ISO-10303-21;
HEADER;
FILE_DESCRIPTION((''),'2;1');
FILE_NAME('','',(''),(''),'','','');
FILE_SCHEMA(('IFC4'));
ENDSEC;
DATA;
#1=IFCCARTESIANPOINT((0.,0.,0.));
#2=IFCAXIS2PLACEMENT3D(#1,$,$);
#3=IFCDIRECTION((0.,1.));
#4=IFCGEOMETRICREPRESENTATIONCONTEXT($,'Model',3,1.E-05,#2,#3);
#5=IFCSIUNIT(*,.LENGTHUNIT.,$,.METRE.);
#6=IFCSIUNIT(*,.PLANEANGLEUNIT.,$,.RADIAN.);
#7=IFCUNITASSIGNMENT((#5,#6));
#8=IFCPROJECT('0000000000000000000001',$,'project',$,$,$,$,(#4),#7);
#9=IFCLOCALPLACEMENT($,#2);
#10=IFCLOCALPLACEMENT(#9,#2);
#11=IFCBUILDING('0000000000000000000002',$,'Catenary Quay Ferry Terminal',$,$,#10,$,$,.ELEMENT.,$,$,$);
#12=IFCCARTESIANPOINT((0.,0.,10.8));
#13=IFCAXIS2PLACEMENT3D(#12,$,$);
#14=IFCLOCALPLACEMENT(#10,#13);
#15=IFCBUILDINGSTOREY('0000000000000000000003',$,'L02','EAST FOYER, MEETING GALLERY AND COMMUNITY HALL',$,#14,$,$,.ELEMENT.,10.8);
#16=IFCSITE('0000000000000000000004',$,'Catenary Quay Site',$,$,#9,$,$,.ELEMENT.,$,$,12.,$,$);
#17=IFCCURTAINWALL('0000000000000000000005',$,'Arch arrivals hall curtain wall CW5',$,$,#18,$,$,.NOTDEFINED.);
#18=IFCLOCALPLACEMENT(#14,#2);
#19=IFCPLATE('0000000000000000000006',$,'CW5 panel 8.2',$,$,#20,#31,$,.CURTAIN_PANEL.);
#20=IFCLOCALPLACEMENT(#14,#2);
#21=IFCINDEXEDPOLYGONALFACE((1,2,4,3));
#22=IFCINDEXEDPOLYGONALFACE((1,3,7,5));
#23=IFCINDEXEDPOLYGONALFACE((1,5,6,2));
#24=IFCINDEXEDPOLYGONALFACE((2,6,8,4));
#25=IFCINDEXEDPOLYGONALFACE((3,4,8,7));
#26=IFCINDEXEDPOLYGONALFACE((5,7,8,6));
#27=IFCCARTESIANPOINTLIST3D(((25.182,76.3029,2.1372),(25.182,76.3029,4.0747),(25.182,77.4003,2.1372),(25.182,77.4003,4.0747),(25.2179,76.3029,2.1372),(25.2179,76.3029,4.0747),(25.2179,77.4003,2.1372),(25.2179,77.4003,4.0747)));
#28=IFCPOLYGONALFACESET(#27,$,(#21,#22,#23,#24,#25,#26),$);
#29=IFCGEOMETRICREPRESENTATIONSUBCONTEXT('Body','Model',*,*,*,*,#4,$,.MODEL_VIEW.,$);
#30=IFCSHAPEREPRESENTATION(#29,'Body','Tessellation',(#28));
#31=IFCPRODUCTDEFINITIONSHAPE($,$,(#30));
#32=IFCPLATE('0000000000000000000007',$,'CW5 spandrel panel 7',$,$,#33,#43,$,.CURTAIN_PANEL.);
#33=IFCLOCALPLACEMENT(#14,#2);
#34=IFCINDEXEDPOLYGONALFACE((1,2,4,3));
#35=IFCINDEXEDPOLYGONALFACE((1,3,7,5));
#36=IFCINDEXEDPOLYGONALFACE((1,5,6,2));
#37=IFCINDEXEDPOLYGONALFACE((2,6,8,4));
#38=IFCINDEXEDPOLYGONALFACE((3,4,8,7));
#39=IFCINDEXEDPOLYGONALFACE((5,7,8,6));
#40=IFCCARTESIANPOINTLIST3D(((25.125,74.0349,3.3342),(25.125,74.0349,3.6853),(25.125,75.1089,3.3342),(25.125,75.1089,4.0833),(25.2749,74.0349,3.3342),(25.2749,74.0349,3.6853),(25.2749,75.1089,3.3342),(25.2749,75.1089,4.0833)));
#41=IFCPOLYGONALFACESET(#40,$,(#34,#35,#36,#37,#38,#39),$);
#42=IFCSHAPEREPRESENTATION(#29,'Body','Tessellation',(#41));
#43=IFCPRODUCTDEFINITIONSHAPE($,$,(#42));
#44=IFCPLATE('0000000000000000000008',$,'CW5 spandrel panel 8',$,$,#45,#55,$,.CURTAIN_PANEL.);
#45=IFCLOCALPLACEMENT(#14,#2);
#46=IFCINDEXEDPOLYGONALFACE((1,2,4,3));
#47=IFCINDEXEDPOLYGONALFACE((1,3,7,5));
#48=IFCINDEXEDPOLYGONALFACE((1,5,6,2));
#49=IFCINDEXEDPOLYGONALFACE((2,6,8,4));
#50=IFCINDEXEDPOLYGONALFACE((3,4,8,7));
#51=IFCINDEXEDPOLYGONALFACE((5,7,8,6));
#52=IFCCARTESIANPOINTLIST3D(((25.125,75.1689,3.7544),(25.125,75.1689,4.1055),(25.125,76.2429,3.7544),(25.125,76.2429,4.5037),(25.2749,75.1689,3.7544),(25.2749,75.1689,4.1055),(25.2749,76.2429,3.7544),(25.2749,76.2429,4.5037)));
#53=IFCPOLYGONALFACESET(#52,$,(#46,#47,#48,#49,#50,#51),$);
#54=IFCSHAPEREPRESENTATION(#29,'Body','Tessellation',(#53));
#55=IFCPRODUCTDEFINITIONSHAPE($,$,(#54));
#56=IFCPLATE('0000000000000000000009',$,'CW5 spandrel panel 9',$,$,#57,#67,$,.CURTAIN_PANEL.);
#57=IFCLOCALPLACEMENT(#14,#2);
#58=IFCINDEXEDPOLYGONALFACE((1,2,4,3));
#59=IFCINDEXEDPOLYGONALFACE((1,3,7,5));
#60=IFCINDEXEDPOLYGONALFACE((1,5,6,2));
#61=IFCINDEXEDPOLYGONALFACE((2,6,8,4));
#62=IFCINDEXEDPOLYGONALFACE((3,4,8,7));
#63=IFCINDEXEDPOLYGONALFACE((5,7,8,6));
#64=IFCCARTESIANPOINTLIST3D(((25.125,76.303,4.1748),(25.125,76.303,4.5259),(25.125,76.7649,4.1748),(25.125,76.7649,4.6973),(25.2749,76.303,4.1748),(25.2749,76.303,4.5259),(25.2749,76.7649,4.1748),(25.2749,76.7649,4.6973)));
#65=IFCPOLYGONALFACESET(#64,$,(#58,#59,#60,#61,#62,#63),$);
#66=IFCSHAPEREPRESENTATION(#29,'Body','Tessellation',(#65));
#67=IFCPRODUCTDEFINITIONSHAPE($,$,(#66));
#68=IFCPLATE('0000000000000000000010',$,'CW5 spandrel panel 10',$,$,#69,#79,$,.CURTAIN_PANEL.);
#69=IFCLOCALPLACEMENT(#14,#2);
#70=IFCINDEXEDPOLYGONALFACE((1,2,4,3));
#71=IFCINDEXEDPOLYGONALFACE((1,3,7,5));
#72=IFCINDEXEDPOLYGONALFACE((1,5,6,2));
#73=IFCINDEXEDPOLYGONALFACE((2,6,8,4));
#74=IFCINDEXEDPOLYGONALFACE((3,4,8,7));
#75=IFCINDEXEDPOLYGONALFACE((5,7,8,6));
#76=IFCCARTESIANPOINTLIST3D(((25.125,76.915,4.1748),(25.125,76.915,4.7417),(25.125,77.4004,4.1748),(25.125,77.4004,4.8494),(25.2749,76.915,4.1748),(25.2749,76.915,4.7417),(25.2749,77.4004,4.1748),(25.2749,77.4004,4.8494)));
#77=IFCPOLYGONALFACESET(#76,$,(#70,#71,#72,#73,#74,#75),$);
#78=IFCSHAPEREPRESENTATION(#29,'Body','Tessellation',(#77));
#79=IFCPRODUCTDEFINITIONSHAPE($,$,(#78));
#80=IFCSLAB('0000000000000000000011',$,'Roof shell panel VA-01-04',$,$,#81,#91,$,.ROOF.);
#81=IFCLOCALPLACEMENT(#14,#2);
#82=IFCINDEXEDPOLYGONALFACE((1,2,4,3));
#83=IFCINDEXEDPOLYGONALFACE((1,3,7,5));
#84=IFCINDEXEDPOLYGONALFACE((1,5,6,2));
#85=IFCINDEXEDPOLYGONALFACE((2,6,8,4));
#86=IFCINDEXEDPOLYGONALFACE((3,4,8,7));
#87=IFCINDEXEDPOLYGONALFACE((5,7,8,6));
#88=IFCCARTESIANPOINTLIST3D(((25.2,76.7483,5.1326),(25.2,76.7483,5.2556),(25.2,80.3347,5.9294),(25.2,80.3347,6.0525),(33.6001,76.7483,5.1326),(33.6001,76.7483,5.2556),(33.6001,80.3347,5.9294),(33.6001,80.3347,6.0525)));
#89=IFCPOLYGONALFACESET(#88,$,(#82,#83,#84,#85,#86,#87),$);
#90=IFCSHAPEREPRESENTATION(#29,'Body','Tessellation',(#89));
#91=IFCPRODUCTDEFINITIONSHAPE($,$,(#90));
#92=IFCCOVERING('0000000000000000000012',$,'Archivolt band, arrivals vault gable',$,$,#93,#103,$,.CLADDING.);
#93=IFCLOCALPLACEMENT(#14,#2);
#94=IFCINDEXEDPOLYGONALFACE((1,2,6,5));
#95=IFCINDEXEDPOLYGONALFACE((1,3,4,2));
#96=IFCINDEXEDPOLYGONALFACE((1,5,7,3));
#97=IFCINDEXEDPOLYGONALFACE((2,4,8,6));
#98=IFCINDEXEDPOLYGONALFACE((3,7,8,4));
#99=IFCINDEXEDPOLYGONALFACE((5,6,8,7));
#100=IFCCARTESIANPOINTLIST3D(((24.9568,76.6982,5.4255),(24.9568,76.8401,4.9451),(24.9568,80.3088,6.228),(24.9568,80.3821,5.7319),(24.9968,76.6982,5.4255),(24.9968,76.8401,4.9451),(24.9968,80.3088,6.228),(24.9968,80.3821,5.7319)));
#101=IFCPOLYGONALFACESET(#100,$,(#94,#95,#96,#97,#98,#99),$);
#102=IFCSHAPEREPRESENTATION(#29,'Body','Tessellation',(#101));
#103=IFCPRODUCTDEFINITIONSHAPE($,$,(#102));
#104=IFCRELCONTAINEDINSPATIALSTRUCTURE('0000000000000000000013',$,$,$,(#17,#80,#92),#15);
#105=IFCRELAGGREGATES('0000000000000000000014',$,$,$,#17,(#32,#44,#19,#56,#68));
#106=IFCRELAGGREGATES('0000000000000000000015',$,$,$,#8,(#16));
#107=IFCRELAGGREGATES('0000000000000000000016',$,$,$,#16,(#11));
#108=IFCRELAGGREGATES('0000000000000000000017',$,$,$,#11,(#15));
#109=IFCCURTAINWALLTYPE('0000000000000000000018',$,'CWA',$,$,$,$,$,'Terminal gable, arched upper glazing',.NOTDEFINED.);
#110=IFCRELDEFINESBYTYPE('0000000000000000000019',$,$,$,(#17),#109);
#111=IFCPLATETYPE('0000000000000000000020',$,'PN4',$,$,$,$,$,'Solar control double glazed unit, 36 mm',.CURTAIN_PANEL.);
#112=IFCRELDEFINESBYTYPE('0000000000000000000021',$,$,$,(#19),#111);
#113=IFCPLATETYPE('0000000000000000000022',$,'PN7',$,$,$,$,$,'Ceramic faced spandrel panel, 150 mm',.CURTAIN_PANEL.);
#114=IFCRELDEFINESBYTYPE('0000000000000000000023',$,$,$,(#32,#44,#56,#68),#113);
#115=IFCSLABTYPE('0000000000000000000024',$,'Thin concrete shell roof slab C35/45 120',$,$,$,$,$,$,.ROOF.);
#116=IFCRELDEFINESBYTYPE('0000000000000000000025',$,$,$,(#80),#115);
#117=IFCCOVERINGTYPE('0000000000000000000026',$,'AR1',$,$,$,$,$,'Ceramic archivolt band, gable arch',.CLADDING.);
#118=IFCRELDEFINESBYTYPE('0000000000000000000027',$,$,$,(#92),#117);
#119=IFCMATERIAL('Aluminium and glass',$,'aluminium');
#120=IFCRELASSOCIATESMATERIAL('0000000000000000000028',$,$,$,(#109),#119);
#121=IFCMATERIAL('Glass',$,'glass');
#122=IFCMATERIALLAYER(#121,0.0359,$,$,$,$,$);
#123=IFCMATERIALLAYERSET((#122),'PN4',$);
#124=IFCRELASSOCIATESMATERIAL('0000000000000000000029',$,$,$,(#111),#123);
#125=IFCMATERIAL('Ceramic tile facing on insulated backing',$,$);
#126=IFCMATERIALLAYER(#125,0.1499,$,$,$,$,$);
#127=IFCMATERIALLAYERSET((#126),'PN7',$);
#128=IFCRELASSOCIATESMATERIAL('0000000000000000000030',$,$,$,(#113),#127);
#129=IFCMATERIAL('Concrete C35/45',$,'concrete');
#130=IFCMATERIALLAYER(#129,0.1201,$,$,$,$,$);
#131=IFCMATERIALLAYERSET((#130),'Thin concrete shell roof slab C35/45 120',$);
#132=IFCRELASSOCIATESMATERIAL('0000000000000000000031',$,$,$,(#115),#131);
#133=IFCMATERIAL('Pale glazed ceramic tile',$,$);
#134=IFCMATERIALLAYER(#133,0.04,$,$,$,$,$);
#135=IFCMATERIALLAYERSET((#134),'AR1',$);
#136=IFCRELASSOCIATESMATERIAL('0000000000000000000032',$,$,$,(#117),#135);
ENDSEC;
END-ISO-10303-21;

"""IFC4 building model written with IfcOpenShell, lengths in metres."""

from ifc_helpers import new_model, si_unit, direction, frame, origin, origin_2d, place, context, subcontext, project, spatial, polyline, rectangle, outline, extrude, material, layer, layer_set, type_object, element, aggregate, save


model = new_model("IFC4")

# Units and contexts
model_context = context("Model", 3, precision=1e-05, world=origin(), true_north=direction((0.0, 1.0)))
body_context = subcontext(model_context, "Body", "Model", "MODEL_VIEW")
ifc_project = project(units=[si_unit("LENGTHUNIT", "METRE"), si_unit("PLANEANGLEUNIT", "RADIAN")], contexts=[model_context])

# Site, building, storey
site_placement = place(None, origin())
site = spatial("IfcSite", under=ifc_project, at=site_placement, Name="Catenary Quay Site", CompositionType="ELEMENT", RefElevation=12.0)
building_placement = place(site_placement, origin())
building = spatial("IfcBuilding", under=site, at=building_placement, Name="Catenary Quay Ferry Terminal", CompositionType="ELEMENT")
storey_placement = place(building_placement, frame((0.0, 0.0, 10.8)))
storey = spatial("IfcBuildingStorey", under=building, at=storey_placement, Name="L02", Description="EAST FOYER, MEETING GALLERY AND COMMUNITY HALL", CompositionType="ELEMENT", Elevation=10.8)

# Curtain wall
ifc_material_1 = material(Name="Aluminium and glass", Category="aluminium")
curtain_wall_type = type_object("IfcCurtainWallType", Name="CWA", ElementType="Terminal gable, arched upper glazing", PredefinedType="NOTDEFINED", material=ifc_material_1)
curtain_wall_placement = place(storey_placement, origin())
curtain_wall = element("IfcCurtainWall", 1, at=curtain_wall_placement, inside=storey, type_object=curtain_wall_type, Name="Arch arrivals hall curtain wall CW5", PredefinedType="NOTDEFINED")

# Plates
ifc_material_2 = material(Name="Glass", Category="glass")
ifc_layer_1 = layer(ifc_material_2, 0.0359)
ifc_layer_set_1 = layer_set([ifc_layer_1], Name="PN4")
plate_type_1 = type_object("IfcPlateType", Name="PN4", ElementType="Solar control double glazed unit, 36 mm", PredefinedType="CURTAIN_PANEL", material=ifc_layer_set_1)
plate_1_placement = place(storey_placement, frame((25.2, 76.8516, 2.1372), z_axis=(0.0, 0.0, 1.0), x_axis=(0.0, 1.0, 0.0)))
plate_1 = element("IfcPlate", 2, at=plate_1_placement, type_object=plate_type_1, Name="CW5 panel 8.2", PredefinedType="CURTAIN_PANEL", context=body_context, shape_type="SweptSolid", body=[
    extrude(rectangle(XDim=1.0974, YDim=0.0359, at=origin_2d()), origin(), (0.0, 0.0, 1.0), 1.9375),
])
ifc_material_3 = material(Name="Ceramic tile facing on insulated backing")
ifc_layer_2 = layer(ifc_material_3, 0.1499)
ifc_layer_set_2 = layer_set([ifc_layer_2], Name="PN7")
plate_type_2 = type_object("IfcPlateType", Name="PN7", ElementType="Ceramic faced spandrel panel, 150 mm", PredefinedType="CURTAIN_PANEL", material=ifc_layer_set_2)
plate_2_placement = place(storey_placement, frame((25.2, 74.0349, 3.3342), z_axis=(0.0, 0.0, 1.0), x_axis=(0.0, 1.0, 0.0)))
plate_2 = element("IfcPlate", 3, at=plate_2_placement, type_object=plate_type_2, Name="CW5 spandrel panel 7", PredefinedType="CURTAIN_PANEL", context=body_context, shape_type="SweptSolid", body=[
    extrude(outline(polyline([(0.0, 0.0), (1.074, 0.0), (1.074, 0.749), (0.0, 0.3511), (0.0, 0.0)])), frame((0.0, 0.075, 0.0), z_axis=(0.0, -1.0, 0.0), x_axis=(1.0, 0.0, 0.0)), (0.0, 0.0, 1.0), 0.1499),
])
plate_3_placement = place(storey_placement, frame((25.2, 75.1689, 3.7544), z_axis=(0.0, 0.0, 1.0), x_axis=(0.0, 1.0, 0.0)))
plate_3 = element("IfcPlate", 4, at=plate_3_placement, type_object=plate_type_2, Name="CW5 spandrel panel 8", PredefinedType="CURTAIN_PANEL", context=body_context, shape_type="SweptSolid", body=[
    extrude(outline(polyline([(0.0, 0.0), (1.074, 0.0), (1.074, 0.7493), (0.0, 0.3511), (0.0, 0.0)])), frame((0.0, 0.075, 0.0), z_axis=(0.0, -1.0, 0.0), x_axis=(1.0, 0.0, 0.0)), (0.0, 0.0, 1.0), 0.1499),
])
plate_4_placement = place(storey_placement, frame((25.2, 76.303, 4.1748), z_axis=(0.0, 0.0, 1.0), x_axis=(0.0, 1.0, 0.0)))
plate_4 = element("IfcPlate", 5, at=plate_4_placement, type_object=plate_type_2, Name="CW5 spandrel panel 9", PredefinedType="CURTAIN_PANEL", context=body_context, shape_type="SweptSolid", body=[
    extrude(outline(polyline([(0.0, 0.0), (0.4619, 0.0), (0.4619, 0.5225), (0.0, 0.3511), (0.0, 0.0)])), frame((0.0, 0.075, 0.0), z_axis=(0.0, -1.0, 0.0), x_axis=(1.0, 0.0, 0.0)), (0.0, 0.0, 1.0), 0.1499),
])
plate_5_placement = place(storey_placement, frame((25.2, 76.915, 4.1748), z_axis=(0.0, 0.0, 1.0), x_axis=(0.0, 1.0, 0.0)))
plate_5 = element("IfcPlate", 6, at=plate_5_placement, type_object=plate_type_2, Name="CW5 spandrel panel 10", PredefinedType="CURTAIN_PANEL", context=body_context, shape_type="SweptSolid", body=[
    extrude(outline(polyline([(0.0, 0.0), (0.4854, 0.0), (0.4854, 0.6746), (0.0, 0.5669), (0.0, 0.0)])), frame((0.0, 0.075, 0.0), z_axis=(0.0, -1.0, 0.0), x_axis=(1.0, 0.0, 0.0)), (0.0, 0.0, 1.0), 0.1499),
])
aggregate(curtain_wall, [plate_2, plate_3, plate_1, plate_4, plate_5])

# Slab
ifc_material_4 = material(Name="Concrete C35/45", Category="concrete")
ifc_layer_3 = layer(ifc_material_4, 0.1201)
ifc_layer_set_3 = layer_set([ifc_layer_3], Name="Thin concrete shell roof slab C35/45 120")
slab_type = type_object("IfcSlabType", Name="Thin concrete shell roof slab C35/45 120", PredefinedType="ROOF", material=ifc_layer_set_3)
slab_placement = place(storey_placement, frame((25.2, 76.7483, 5.2556), z_axis=(0.0, -0.216902, 0.976193), x_axis=(1.0, 0.0, 0.0)))
element("IfcSlab", 7, at=slab_placement, inside=storey, type_object=slab_type, Name="Roof shell panel VA-01-04", PredefinedType="ROOF", context=body_context, shape_type="SweptSolid", body=[
    extrude(outline(polyline([(0.0, 0.0), (8.4001, 0.0), (8.4001, 3.6739), (0.0, 3.6739), (0.0, 0.0)])), origin(), (0.0, -0.216902, -0.976193), 0.123),
])

# Covering
ifc_material_5 = material(Name="Pale glazed ceramic tile")
ifc_layer_4 = layer(ifc_material_5, 0.04)
ifc_layer_set_4 = layer_set([ifc_layer_4], Name="AR1")
covering_type = type_object("IfcCoveringType", Name="AR1", ElementType="Ceramic archivolt band, gable arch", PredefinedType="CLADDING", material=ifc_layer_set_4)
covering_placement = place(storey_placement, frame((24.9968, 76.8401, 4.9451), z_axis=(1.0, 0.0, 0.0), x_axis=(0.0, 0.976201, 0.216866)))
element("IfcCovering", 8, at=covering_placement, inside=storey, type_object=covering_type, Name="Archivolt band, arrivals vault gable", PredefinedType="CLADDING", context=body_context, shape_type="SweptSolid", body=[
    extrude(outline(polyline([(0.0, 0.0), (3.6283, 0.0), (3.6644, 0.5002), (-0.0343, 0.4998), (0.0, 0.0)])), origin(), (0.0, 0.0, -1.0), 0.04),
])

save(model, "model.ifc")
